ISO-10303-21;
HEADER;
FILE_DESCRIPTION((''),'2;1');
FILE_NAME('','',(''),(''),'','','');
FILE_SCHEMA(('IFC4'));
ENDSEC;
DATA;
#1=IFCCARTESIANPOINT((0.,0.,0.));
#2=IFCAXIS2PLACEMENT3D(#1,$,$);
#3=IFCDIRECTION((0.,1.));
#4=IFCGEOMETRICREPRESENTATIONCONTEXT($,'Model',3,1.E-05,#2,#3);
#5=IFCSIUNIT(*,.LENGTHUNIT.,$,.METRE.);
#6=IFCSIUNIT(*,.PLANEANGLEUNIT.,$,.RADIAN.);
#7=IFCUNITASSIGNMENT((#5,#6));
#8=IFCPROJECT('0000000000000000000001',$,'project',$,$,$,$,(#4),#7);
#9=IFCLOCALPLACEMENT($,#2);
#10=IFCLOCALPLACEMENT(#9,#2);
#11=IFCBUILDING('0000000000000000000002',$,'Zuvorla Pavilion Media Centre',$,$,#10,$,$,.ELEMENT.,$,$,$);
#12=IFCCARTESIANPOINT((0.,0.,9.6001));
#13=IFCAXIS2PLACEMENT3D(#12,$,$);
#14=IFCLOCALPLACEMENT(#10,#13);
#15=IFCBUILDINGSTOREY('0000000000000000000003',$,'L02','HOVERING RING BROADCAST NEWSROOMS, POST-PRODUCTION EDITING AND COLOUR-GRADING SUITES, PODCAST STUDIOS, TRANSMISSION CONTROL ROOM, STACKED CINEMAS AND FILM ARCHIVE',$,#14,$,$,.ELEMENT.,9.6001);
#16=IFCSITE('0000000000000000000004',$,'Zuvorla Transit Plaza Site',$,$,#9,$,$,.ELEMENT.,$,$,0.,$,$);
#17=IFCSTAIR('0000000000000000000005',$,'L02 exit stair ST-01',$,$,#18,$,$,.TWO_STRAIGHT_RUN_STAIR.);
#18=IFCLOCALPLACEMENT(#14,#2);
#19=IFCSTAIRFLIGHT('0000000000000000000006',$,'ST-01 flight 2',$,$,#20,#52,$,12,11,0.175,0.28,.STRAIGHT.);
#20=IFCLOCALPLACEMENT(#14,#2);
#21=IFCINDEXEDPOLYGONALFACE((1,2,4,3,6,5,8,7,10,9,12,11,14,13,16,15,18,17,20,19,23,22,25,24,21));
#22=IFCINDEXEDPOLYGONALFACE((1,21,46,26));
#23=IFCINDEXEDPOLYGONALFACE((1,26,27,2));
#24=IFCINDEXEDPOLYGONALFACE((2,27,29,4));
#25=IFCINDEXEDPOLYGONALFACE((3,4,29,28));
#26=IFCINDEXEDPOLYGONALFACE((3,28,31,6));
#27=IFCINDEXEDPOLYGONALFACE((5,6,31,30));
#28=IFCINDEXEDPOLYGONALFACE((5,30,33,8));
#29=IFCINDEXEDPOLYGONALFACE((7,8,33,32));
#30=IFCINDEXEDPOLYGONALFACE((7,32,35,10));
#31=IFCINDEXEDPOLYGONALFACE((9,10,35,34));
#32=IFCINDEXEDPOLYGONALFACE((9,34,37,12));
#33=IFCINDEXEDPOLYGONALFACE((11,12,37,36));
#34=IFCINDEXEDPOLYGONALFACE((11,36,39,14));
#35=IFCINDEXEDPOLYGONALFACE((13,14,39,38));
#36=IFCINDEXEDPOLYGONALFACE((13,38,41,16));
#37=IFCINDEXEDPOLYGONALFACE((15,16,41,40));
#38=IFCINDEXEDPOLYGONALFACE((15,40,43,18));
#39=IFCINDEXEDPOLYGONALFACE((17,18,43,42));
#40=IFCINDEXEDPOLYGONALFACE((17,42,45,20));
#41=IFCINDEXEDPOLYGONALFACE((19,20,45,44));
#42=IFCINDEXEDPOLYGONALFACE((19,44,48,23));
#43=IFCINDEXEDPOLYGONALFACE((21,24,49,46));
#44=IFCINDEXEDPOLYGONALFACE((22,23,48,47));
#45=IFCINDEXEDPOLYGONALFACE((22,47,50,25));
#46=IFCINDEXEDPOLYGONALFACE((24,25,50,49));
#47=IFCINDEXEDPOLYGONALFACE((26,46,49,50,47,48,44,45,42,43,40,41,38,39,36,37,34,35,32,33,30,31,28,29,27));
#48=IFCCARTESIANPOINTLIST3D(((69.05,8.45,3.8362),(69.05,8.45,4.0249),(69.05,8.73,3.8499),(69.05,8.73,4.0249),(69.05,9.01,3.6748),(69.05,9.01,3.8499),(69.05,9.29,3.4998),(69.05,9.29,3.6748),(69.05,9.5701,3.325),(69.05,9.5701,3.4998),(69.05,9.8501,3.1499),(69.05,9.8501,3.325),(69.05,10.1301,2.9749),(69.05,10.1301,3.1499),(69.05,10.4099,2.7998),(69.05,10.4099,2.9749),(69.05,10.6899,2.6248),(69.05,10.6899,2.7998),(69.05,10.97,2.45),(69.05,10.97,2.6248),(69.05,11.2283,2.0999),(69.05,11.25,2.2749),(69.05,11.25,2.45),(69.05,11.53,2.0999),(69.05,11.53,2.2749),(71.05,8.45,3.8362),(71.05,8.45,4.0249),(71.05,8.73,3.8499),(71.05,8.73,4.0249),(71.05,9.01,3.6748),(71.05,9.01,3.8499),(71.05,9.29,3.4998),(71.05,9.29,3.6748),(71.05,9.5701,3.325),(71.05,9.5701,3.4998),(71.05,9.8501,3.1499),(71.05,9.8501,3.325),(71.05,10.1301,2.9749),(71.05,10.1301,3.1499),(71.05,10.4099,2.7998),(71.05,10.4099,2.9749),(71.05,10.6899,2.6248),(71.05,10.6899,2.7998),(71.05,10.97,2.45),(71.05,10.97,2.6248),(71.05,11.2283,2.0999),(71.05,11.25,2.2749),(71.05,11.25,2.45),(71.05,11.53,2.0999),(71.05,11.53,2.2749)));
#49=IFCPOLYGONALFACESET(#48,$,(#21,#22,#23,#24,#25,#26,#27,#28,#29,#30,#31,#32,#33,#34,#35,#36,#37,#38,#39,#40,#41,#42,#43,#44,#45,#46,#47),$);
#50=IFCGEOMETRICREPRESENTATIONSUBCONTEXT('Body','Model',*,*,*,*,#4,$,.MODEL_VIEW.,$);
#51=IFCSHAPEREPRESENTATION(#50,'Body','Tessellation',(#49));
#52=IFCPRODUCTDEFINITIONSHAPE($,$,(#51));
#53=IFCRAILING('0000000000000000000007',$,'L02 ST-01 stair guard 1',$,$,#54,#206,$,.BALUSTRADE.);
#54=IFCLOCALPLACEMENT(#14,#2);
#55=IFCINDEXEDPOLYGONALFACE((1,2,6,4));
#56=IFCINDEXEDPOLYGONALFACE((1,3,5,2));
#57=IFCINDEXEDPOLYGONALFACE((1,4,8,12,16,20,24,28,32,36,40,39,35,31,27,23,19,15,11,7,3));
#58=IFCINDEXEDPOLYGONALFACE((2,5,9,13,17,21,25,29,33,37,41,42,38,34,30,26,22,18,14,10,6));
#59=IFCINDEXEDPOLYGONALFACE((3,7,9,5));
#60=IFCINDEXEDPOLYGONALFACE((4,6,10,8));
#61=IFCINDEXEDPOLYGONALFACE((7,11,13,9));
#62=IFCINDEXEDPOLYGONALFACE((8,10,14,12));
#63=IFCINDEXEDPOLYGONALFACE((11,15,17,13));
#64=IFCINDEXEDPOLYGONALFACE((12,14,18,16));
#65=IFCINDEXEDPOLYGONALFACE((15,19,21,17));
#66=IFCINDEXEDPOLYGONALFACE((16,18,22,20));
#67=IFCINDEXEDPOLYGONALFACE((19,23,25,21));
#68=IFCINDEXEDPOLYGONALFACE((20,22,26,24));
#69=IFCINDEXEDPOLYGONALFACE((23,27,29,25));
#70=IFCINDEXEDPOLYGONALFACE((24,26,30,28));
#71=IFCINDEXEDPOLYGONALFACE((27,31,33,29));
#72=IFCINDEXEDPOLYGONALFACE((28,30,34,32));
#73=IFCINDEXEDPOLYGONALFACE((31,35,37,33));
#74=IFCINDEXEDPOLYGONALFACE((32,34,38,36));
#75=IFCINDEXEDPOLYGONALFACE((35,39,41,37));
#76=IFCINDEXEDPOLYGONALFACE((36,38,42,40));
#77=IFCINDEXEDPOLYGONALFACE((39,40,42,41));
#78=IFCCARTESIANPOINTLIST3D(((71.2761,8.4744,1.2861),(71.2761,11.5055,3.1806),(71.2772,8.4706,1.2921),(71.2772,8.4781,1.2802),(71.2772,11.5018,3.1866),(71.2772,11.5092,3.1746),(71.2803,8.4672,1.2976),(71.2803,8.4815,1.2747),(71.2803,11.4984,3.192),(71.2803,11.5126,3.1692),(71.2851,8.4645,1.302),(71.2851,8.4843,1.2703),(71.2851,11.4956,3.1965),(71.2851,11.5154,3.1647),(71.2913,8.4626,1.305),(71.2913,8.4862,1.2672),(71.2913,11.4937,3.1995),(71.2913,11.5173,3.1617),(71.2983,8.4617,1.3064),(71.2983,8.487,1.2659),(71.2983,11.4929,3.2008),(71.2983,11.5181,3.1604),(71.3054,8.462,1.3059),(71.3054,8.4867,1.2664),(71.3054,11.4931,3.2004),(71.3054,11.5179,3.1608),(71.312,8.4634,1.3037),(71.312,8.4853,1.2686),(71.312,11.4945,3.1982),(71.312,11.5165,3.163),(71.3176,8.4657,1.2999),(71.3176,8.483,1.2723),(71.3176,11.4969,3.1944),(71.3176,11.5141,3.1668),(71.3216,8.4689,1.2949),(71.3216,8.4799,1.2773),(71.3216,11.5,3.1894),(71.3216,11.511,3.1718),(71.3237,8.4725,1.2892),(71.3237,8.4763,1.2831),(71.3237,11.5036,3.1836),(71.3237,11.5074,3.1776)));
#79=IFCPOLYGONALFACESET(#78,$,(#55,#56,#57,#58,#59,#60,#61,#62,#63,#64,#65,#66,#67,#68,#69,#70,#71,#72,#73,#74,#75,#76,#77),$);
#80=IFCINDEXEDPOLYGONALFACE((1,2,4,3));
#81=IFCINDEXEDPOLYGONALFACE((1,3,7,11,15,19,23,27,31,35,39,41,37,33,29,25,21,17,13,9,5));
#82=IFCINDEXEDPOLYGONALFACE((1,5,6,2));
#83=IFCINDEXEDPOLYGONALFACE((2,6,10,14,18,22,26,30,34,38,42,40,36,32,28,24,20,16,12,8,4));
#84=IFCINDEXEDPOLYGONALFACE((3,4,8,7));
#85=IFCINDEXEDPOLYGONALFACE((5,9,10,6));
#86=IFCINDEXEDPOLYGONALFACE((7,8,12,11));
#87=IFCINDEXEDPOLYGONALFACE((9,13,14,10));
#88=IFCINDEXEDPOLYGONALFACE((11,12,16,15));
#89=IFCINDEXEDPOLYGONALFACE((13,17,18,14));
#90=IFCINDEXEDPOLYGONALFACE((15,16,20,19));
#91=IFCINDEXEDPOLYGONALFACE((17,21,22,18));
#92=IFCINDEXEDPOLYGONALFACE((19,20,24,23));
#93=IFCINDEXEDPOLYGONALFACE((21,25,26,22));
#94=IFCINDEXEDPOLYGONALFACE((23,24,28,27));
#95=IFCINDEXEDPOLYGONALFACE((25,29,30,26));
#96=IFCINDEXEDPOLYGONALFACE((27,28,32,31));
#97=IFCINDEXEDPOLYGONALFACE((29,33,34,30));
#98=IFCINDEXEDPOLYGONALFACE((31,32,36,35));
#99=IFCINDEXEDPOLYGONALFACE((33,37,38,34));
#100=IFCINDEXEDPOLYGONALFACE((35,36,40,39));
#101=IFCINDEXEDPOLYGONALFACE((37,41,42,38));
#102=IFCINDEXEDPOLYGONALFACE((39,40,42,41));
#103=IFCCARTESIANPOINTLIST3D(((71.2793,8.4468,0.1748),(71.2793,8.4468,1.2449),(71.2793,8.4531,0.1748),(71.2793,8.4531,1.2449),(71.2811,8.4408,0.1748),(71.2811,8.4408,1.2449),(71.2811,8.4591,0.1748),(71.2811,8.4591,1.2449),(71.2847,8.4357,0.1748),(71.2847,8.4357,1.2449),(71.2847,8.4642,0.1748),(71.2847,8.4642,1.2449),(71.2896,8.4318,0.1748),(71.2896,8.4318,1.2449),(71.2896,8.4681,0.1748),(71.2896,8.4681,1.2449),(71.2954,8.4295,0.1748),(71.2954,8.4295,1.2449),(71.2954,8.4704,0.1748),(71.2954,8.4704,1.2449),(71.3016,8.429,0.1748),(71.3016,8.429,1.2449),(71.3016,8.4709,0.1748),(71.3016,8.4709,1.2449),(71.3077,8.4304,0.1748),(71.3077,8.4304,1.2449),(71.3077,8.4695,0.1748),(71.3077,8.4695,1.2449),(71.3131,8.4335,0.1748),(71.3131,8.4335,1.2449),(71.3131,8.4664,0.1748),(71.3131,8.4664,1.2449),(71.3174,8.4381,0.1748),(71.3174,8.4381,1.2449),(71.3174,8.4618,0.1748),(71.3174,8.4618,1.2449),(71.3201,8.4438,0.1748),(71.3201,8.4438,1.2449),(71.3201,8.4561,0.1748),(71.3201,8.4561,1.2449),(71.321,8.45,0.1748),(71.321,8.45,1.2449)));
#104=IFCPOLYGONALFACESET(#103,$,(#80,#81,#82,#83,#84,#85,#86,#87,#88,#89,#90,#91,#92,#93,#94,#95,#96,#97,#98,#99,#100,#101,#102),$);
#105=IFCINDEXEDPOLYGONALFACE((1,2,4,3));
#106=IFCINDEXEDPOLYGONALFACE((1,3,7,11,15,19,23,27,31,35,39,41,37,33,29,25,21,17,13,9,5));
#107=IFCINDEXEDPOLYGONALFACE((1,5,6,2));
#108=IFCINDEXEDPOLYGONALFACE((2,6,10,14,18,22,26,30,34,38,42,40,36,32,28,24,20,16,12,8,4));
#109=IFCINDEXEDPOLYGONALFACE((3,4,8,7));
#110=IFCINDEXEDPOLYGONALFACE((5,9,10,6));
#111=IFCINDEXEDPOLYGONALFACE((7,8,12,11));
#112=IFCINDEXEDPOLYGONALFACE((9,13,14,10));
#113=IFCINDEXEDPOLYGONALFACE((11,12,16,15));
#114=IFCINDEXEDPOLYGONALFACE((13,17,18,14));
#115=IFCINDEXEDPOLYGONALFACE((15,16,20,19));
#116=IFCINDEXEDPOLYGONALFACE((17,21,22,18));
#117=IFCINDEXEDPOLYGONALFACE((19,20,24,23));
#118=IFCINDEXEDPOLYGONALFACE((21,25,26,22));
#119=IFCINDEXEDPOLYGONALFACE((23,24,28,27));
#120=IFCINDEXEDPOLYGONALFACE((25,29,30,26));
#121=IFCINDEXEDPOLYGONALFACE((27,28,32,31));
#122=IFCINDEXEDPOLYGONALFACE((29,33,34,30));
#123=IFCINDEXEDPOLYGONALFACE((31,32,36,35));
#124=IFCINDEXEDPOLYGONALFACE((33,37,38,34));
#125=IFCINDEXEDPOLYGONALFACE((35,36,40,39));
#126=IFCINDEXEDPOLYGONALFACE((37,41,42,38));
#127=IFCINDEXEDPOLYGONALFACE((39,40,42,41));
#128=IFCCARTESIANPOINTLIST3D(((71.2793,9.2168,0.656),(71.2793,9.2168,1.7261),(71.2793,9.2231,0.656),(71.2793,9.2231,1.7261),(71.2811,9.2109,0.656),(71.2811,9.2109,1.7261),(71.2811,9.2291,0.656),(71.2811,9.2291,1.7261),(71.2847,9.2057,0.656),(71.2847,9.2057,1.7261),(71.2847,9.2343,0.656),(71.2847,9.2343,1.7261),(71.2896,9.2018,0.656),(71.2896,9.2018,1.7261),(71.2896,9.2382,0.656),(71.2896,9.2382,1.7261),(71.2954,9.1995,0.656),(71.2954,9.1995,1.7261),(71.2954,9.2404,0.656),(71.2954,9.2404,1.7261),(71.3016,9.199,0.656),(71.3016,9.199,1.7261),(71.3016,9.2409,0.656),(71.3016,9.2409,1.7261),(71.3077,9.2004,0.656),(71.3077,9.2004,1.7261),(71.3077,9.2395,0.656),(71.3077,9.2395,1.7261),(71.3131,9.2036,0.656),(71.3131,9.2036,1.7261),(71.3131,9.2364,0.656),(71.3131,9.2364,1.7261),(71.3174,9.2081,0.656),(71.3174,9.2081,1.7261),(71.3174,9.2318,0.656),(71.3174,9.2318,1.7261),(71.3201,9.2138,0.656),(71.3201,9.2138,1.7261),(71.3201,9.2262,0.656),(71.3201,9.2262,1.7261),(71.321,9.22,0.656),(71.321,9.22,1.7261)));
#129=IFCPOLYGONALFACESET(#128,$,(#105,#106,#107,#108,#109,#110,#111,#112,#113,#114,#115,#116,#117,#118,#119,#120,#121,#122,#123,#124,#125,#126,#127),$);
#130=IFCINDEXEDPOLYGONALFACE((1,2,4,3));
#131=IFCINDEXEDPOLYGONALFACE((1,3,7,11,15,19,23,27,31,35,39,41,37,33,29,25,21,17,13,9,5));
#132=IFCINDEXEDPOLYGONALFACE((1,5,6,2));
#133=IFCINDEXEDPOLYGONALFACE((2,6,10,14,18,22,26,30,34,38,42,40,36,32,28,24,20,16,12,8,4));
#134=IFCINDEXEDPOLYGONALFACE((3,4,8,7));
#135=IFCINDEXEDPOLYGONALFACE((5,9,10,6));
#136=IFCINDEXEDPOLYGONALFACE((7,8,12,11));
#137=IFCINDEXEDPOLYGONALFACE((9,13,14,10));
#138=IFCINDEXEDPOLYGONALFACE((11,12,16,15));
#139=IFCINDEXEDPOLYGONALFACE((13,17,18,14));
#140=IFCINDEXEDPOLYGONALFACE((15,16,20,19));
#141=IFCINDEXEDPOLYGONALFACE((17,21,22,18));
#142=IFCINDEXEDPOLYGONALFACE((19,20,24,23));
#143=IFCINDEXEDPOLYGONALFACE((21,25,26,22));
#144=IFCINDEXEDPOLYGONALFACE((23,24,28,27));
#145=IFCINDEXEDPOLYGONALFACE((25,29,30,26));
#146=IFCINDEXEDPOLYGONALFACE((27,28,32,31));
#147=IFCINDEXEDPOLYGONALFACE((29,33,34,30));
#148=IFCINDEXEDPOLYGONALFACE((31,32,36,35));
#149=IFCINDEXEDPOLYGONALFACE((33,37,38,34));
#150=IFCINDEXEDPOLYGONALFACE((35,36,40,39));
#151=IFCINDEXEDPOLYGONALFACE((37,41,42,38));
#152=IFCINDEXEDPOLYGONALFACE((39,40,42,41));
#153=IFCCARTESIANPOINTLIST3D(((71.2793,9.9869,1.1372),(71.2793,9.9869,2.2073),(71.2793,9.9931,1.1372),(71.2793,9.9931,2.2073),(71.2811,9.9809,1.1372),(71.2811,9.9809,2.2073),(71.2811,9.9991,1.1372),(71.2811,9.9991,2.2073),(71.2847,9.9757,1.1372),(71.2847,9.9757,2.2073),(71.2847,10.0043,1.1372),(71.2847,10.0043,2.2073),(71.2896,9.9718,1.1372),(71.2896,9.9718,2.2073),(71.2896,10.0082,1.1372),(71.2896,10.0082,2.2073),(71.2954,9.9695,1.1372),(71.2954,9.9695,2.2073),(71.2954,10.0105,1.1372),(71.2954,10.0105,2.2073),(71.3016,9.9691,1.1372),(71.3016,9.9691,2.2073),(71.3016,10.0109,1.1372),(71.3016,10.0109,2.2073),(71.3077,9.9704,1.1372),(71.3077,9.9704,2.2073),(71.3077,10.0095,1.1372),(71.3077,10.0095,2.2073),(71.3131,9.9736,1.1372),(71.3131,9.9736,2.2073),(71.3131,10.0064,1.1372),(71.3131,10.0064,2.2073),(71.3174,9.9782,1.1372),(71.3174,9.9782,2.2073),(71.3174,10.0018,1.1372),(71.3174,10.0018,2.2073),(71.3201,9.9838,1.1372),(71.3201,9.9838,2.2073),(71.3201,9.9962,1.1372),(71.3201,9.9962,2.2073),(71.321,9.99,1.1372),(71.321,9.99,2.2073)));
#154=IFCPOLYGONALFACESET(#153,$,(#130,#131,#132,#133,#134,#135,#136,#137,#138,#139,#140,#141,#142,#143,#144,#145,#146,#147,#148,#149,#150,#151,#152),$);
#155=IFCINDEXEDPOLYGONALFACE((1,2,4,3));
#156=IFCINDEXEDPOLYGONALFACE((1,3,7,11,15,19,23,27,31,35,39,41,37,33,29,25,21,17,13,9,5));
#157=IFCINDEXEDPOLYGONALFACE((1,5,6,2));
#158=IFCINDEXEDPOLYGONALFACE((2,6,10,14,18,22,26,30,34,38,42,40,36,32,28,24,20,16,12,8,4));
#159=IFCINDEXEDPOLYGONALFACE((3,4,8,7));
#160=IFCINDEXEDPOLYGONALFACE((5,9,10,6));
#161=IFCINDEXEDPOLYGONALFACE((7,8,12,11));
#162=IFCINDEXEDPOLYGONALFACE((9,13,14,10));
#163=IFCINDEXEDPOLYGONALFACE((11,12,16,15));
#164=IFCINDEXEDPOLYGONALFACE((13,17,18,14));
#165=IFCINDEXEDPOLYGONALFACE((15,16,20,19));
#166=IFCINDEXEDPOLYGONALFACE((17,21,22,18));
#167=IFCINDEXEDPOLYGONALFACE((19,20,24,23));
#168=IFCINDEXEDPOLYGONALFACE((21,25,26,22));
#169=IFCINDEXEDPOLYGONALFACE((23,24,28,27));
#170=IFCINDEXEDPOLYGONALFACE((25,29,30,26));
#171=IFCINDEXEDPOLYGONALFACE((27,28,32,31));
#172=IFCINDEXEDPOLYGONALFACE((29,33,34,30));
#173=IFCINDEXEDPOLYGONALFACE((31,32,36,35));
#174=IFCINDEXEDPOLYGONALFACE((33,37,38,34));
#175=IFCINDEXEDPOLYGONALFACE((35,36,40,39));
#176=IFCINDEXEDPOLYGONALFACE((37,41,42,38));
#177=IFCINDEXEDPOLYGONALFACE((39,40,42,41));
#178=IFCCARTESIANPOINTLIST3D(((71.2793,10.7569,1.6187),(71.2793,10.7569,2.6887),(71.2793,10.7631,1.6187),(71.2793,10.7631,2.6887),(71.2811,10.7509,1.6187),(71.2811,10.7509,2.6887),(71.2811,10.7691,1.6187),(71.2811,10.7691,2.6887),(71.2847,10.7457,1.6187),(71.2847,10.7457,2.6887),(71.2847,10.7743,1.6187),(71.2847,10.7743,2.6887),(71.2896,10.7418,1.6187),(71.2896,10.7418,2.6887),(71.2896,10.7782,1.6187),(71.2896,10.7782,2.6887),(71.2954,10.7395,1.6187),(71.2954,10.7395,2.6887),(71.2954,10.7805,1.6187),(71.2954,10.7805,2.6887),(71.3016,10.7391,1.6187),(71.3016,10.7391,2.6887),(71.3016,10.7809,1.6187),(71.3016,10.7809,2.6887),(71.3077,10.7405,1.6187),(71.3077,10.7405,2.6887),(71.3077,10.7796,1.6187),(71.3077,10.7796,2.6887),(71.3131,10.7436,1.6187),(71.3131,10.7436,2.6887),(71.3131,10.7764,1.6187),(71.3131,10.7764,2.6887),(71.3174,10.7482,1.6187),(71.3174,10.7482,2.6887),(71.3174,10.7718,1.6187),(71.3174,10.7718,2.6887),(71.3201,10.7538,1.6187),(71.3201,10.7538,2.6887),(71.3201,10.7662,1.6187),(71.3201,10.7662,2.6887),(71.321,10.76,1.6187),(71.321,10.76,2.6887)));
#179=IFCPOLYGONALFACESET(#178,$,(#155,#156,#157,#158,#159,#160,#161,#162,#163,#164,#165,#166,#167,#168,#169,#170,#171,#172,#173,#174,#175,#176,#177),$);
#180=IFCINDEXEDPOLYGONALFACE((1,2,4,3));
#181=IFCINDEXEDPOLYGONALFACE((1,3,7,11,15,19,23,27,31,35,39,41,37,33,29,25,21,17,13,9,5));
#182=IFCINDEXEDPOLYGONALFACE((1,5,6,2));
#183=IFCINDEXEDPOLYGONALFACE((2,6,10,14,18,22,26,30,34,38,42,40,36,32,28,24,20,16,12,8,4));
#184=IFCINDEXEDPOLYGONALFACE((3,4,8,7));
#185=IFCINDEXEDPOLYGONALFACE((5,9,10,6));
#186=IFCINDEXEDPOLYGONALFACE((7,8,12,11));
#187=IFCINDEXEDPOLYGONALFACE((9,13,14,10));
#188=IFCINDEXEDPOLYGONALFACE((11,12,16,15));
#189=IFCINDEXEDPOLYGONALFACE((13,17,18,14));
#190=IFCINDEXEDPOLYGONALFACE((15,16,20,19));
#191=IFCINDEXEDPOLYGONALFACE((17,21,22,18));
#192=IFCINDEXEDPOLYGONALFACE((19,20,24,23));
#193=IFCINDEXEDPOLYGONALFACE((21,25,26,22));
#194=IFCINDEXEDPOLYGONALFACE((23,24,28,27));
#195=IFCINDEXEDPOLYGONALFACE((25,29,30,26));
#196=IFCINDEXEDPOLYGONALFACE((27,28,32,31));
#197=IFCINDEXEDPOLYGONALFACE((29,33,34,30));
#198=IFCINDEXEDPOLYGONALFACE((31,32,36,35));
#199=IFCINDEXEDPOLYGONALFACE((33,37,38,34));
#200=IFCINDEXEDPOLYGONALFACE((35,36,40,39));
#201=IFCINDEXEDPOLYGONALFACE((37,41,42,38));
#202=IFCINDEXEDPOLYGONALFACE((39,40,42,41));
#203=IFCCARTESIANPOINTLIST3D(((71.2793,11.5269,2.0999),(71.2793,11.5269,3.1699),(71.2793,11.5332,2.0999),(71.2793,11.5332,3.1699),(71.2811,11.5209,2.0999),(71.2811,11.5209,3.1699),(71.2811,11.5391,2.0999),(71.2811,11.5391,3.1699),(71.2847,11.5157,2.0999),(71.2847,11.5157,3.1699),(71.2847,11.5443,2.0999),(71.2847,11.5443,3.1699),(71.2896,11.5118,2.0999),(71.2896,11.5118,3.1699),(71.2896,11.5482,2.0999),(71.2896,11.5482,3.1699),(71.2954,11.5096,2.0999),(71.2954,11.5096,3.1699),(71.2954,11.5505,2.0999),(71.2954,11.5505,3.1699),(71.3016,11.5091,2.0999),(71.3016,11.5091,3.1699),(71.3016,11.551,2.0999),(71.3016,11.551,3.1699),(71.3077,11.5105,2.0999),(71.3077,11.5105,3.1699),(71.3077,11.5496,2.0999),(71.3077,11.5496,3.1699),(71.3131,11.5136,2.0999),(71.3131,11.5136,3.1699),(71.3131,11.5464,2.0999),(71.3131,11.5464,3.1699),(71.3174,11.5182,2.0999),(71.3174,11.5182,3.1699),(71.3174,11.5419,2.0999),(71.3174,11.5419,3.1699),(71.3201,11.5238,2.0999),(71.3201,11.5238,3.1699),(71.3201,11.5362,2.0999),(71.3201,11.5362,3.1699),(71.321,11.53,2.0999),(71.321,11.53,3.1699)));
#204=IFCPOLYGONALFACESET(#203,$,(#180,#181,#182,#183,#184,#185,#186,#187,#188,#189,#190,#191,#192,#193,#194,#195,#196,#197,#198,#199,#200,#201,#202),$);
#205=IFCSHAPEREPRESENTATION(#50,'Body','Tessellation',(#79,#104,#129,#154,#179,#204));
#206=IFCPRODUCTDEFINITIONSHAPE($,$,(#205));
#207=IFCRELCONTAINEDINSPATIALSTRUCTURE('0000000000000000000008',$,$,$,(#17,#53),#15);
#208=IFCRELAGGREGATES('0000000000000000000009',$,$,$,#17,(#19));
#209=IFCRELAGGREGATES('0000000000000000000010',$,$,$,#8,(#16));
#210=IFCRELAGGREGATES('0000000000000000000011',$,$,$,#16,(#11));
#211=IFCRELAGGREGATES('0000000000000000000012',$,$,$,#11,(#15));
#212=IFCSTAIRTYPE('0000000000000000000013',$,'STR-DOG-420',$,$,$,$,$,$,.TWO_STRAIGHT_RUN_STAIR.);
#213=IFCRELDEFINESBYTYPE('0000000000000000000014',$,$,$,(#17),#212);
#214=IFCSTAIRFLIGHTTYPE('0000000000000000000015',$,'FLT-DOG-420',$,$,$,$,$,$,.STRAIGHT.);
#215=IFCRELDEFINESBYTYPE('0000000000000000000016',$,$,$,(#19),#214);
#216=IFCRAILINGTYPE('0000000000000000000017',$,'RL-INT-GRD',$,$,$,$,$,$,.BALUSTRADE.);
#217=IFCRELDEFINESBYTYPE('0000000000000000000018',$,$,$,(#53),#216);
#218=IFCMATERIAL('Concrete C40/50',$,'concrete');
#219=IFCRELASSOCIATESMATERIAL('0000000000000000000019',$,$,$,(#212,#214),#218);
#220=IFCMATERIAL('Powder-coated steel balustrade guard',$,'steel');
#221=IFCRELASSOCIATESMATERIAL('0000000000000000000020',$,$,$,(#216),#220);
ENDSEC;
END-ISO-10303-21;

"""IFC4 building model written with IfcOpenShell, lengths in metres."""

from ifc_helpers import new_model, si_unit, direction, frame, origin, origin_2d, place, context, subcontext, project, spatial, polyline, circle, outline, extrude, material, type_object, element, aggregate, save


model = new_model("IFC4")

# Units and contexts
model_context = context("Model", 3, precision=1e-05, world=origin(), true_north=direction((0.0, 1.0)))
body_context = subcontext(model_context, "Body", "Model", "MODEL_VIEW")
ifc_project = project(units=[si_unit("LENGTHUNIT", "METRE"), si_unit("PLANEANGLEUNIT", "RADIAN")], contexts=[model_context])

# Site, building, storey
site_placement = place(None, origin())
site = spatial("IfcSite", under=ifc_project, at=site_placement, Name="Zuvorla Transit Plaza Site", CompositionType="ELEMENT", RefElevation=0.0)
building_placement = place(site_placement, origin())
building = spatial("IfcBuilding", under=site, at=building_placement, Name="Zuvorla Pavilion Media Centre", CompositionType="ELEMENT")
storey_placement = place(building_placement, frame((0.0, 0.0, 9.6001)))
storey = spatial("IfcBuildingStorey", under=building, at=storey_placement, Name="L02", Description="HOVERING RING BROADCAST NEWSROOMS, POST-PRODUCTION EDITING AND COLOUR-GRADING SUITES, PODCAST STUDIOS, TRANSMISSION CONTROL ROOM, STACKED CINEMAS AND FILM ARCHIVE", CompositionType="ELEMENT", Elevation=9.6001)

# Shared definitions
ifc_material_1 = material(Name="Concrete C40/50", Category="concrete")

# Stair, stair flight
stair_type = type_object("IfcStairType", Name="STR-DOG-420", PredefinedType="TWO_STRAIGHT_RUN_STAIR", material=ifc_material_1)
stair_placement = place(storey_placement, origin())
stair = element("IfcStair", 1, at=stair_placement, inside=storey, type_object=stair_type, Name="L02 exit stair ST-01", PredefinedType="TWO_STRAIGHT_RUN_STAIR")
stair_flight_type = type_object("IfcStairFlightType", Name="FLT-DOG-420", PredefinedType="STRAIGHT", material=ifc_material_1)
stair_flight_1_placement = place(storey_placement, frame((70.05, 11.53, 2.0999), z_axis=(0.0, 0.0, 1.0), x_axis=(0.0, -1.0, 0.0)))
stair_flight_1 = element("IfcStairFlight", 2, at=stair_flight_1_placement, type_object=stair_flight_type, Name="ST-01 flight 2", NumberOfRisers=12, NumberOfTreads=11, PredefinedType="STRAIGHT", RiserHeight=0.175, TreadLength=0.28, context=body_context, shape_type="SweptSolid", body=[
    extrude(outline(polyline([(0.0, 0.0), (0.0, 0.175), (0.28, 0.175), (0.28, 0.3501), (0.5601, 0.3501), (0.5601, 0.5249), (0.8401, 0.5249), (0.8401, 0.7), (1.1201, 0.7), (1.1201, 0.875), (1.3999, 0.875), (1.3999, 1.05), (1.6799, 1.05), (1.6799, 1.2251), (1.96, 1.2251), (1.96, 1.3999), (2.24, 1.3999), (2.24, 1.575), (2.52, 1.575), (2.52, 1.75), (2.8, 1.75), (2.8, 1.925), (3.0801, 1.925), (3.0801, 2.1001), (3.0801, 1.7363), (0.3018, 0.0), (0.0, 0.0)])), frame((0.0, 1.0, 0.0), z_axis=(0.0, -1.0, 0.0), x_axis=(1.0, 0.0, 0.0)), (0.0, 0.0, 1.0), 2.0),
])
aggregate(stair, [stair_flight_1])

# Railing
ifc_material_2 = material(Name="Powder-coated steel balustrade guard", Category="steel")
railing_type_1 = type_object("IfcRailingType", Name="RL-INT-GRD", PredefinedType="BALUSTRADE", material=ifc_material_2)
railing_1_placement = place(storey_placement, frame((71.3, 8.45, 0.1748)))
element("IfcRailing", 3, at=railing_1_placement, inside=storey, type_object=railing_type_1, Name="L02 ST-01 stair guard 1", PredefinedType="BALUSTRADE", context=body_context, shape_type="SweptSolid", body=[
    extrude(circle(Radius=0.0239, at=origin_2d()), frame((0.0, 0.0244, 1.1113), z_axis=(0.0, 0.847998, 0.529999), x_axis=(-1.0, 0.0, 0.0)), (0.0, 0.0, 1.0), 3.5745),
    extrude(circle(Radius=0.021, at=origin_2d()), origin(), (0.0, 0.0, 1.0), 1.0701),
    extrude(circle(Radius=0.021, at=origin_2d()), frame((0.0, 0.77, 0.4812)), (0.0, 0.0, 1.0), 1.0701),
    extrude(circle(Radius=0.021, at=origin_2d()), frame((0.0, 1.54, 0.9624)), (0.0, 0.0, 1.0), 1.0701),
    extrude(circle(Radius=0.021, at=origin_2d()), frame((0.0, 2.3101, 1.4438)), (0.0, 0.0, 1.0), 1.0701),
    extrude(circle(Radius=0.021, at=origin_2d()), frame((0.0, 3.0801, 1.925)), (0.0, 0.0, 1.0), 1.0701),
])

save(model, "model.ifc")
